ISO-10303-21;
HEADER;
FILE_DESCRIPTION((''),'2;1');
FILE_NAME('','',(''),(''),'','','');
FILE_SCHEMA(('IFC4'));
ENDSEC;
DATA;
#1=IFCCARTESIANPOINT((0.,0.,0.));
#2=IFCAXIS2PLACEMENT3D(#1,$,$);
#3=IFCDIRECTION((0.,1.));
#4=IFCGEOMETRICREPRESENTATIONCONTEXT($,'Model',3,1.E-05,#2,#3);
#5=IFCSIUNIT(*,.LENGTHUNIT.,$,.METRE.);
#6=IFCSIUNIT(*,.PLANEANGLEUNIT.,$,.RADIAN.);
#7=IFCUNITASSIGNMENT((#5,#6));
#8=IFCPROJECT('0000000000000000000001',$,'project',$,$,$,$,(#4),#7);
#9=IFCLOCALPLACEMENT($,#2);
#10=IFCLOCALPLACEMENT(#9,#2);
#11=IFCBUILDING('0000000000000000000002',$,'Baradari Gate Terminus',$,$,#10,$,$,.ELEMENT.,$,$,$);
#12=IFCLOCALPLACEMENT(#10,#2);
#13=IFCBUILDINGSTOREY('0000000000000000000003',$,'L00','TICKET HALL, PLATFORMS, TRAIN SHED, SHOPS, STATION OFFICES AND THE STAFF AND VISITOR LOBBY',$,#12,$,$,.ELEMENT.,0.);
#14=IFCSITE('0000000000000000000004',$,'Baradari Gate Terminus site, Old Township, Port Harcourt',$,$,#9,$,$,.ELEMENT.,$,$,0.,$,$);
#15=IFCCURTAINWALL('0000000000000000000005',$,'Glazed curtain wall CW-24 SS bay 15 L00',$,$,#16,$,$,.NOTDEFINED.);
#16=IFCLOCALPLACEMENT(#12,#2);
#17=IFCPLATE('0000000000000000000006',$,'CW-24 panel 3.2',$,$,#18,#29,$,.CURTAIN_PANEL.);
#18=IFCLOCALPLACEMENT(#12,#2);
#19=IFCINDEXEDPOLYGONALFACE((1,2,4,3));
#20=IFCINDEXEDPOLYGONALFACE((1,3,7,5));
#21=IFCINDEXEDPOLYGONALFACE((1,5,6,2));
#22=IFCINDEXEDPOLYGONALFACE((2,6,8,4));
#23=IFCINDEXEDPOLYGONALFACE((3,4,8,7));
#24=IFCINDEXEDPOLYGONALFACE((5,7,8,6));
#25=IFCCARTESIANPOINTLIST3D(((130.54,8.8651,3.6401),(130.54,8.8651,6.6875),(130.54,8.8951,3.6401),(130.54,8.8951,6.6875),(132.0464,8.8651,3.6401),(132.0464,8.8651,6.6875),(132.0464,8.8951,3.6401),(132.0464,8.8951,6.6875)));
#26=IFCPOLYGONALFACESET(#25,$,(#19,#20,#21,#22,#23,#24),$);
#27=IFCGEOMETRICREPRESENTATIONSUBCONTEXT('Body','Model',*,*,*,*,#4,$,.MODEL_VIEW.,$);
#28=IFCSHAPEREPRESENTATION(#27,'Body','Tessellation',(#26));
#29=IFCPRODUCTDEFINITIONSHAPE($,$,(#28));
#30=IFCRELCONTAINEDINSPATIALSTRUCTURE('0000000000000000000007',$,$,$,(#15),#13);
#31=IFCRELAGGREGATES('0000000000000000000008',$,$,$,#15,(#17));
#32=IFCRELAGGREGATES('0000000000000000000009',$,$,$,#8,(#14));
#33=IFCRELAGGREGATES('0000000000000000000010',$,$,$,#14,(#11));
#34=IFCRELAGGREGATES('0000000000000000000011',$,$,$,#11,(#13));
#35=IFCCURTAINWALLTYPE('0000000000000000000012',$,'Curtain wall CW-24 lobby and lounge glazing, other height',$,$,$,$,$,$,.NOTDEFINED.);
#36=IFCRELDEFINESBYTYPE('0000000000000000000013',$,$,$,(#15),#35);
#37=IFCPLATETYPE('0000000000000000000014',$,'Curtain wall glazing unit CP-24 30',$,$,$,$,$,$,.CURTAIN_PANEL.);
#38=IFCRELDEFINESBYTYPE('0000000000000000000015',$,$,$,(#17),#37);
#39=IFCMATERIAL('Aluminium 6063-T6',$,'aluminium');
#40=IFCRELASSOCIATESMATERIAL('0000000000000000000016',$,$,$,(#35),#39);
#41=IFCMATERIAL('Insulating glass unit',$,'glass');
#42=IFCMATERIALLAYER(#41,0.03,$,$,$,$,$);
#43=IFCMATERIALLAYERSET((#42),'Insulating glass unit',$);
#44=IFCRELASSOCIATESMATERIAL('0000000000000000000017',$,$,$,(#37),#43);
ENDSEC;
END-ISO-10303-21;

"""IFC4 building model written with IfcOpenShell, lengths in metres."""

from ifc_helpers import new_model, si_unit, direction, frame, origin, origin_2d, place, context, subcontext, project, spatial, rectangle, extrude, material, layer, layer_set, type_object, element, aggregate, save


model = new_model("IFC4")

# Units and contexts
model_context = context("Model", 3, precision=1e-05, world=origin(), true_north=direction((0.0, 1.0)))
body_context = subcontext(model_context, "Body", "Model", "MODEL_VIEW")
ifc_project = project(units=[si_unit("LENGTHUNIT", "METRE"), si_unit("PLANEANGLEUNIT", "RADIAN")], contexts=[model_context])

# Site, building, storey
site_placement = place(None, origin())
site = spatial("IfcSite", under=ifc_project, at=site_placement, Name="Baradari Gate Terminus site, Old Township, Port Harcourt", CompositionType="ELEMENT", RefElevation=0.0)
building_placement = place(site_placement, origin())
building = spatial("IfcBuilding", under=site, at=building_placement, Name="Baradari Gate Terminus", CompositionType="ELEMENT")
storey_placement = place(building_placement, origin())
storey = spatial("IfcBuildingStorey", under=building, at=storey_placement, Name="L00", Description="TICKET HALL, PLATFORMS, TRAIN SHED, SHOPS, STATION OFFICES AND THE STAFF AND VISITOR LOBBY", CompositionType="ELEMENT", Elevation=0.0)

# Curtain wall, plate
ifc_material_1 = material(Name="Aluminium 6063-T6", Category="aluminium")
curtain_wall_type = type_object("IfcCurtainWallType", Name="Curtain wall CW-24 lobby and lounge glazing, other height", PredefinedType="NOTDEFINED", material=ifc_material_1)
curtain_wall_placement = place(storey_placement, origin())
curtain_wall = element("IfcCurtainWall", 1, at=curtain_wall_placement, inside=storey, type_object=curtain_wall_type, Name="Glazed curtain wall CW-24 SS bay 15 L00", PredefinedType="NOTDEFINED")
ifc_material_2 = material(Name="Insulating glass unit", Category="glass")
ifc_layer = layer(ifc_material_2, 0.03)
ifc_layer_set = layer_set([ifc_layer], Name="Insulating glass unit")
plate_type = type_object("IfcPlateType", Name="Curtain wall glazing unit CP-24 30", PredefinedType="CURTAIN_PANEL", material=ifc_layer_set)
plate_1_placement = place(storey_placement, frame((131.2932, 8.8801, 3.6401), z_axis=(0.0, 0.0, 1.0), x_axis=(1.0, 0.0, 0.0)))
plate_1 = element("IfcPlate", 2, at=plate_1_placement, type_object=plate_type, Name="CW-24 panel 3.2", PredefinedType="CURTAIN_PANEL", context=body_context, shape_type="SweptSolid", body=[
    extrude(rectangle(XDim=1.5063, YDim=0.03, at=origin_2d()), origin(), (0.0, 0.0, 1.0), 3.0474),
])
aggregate(curtain_wall, [plate_1])

save(model, "model.ifc")
